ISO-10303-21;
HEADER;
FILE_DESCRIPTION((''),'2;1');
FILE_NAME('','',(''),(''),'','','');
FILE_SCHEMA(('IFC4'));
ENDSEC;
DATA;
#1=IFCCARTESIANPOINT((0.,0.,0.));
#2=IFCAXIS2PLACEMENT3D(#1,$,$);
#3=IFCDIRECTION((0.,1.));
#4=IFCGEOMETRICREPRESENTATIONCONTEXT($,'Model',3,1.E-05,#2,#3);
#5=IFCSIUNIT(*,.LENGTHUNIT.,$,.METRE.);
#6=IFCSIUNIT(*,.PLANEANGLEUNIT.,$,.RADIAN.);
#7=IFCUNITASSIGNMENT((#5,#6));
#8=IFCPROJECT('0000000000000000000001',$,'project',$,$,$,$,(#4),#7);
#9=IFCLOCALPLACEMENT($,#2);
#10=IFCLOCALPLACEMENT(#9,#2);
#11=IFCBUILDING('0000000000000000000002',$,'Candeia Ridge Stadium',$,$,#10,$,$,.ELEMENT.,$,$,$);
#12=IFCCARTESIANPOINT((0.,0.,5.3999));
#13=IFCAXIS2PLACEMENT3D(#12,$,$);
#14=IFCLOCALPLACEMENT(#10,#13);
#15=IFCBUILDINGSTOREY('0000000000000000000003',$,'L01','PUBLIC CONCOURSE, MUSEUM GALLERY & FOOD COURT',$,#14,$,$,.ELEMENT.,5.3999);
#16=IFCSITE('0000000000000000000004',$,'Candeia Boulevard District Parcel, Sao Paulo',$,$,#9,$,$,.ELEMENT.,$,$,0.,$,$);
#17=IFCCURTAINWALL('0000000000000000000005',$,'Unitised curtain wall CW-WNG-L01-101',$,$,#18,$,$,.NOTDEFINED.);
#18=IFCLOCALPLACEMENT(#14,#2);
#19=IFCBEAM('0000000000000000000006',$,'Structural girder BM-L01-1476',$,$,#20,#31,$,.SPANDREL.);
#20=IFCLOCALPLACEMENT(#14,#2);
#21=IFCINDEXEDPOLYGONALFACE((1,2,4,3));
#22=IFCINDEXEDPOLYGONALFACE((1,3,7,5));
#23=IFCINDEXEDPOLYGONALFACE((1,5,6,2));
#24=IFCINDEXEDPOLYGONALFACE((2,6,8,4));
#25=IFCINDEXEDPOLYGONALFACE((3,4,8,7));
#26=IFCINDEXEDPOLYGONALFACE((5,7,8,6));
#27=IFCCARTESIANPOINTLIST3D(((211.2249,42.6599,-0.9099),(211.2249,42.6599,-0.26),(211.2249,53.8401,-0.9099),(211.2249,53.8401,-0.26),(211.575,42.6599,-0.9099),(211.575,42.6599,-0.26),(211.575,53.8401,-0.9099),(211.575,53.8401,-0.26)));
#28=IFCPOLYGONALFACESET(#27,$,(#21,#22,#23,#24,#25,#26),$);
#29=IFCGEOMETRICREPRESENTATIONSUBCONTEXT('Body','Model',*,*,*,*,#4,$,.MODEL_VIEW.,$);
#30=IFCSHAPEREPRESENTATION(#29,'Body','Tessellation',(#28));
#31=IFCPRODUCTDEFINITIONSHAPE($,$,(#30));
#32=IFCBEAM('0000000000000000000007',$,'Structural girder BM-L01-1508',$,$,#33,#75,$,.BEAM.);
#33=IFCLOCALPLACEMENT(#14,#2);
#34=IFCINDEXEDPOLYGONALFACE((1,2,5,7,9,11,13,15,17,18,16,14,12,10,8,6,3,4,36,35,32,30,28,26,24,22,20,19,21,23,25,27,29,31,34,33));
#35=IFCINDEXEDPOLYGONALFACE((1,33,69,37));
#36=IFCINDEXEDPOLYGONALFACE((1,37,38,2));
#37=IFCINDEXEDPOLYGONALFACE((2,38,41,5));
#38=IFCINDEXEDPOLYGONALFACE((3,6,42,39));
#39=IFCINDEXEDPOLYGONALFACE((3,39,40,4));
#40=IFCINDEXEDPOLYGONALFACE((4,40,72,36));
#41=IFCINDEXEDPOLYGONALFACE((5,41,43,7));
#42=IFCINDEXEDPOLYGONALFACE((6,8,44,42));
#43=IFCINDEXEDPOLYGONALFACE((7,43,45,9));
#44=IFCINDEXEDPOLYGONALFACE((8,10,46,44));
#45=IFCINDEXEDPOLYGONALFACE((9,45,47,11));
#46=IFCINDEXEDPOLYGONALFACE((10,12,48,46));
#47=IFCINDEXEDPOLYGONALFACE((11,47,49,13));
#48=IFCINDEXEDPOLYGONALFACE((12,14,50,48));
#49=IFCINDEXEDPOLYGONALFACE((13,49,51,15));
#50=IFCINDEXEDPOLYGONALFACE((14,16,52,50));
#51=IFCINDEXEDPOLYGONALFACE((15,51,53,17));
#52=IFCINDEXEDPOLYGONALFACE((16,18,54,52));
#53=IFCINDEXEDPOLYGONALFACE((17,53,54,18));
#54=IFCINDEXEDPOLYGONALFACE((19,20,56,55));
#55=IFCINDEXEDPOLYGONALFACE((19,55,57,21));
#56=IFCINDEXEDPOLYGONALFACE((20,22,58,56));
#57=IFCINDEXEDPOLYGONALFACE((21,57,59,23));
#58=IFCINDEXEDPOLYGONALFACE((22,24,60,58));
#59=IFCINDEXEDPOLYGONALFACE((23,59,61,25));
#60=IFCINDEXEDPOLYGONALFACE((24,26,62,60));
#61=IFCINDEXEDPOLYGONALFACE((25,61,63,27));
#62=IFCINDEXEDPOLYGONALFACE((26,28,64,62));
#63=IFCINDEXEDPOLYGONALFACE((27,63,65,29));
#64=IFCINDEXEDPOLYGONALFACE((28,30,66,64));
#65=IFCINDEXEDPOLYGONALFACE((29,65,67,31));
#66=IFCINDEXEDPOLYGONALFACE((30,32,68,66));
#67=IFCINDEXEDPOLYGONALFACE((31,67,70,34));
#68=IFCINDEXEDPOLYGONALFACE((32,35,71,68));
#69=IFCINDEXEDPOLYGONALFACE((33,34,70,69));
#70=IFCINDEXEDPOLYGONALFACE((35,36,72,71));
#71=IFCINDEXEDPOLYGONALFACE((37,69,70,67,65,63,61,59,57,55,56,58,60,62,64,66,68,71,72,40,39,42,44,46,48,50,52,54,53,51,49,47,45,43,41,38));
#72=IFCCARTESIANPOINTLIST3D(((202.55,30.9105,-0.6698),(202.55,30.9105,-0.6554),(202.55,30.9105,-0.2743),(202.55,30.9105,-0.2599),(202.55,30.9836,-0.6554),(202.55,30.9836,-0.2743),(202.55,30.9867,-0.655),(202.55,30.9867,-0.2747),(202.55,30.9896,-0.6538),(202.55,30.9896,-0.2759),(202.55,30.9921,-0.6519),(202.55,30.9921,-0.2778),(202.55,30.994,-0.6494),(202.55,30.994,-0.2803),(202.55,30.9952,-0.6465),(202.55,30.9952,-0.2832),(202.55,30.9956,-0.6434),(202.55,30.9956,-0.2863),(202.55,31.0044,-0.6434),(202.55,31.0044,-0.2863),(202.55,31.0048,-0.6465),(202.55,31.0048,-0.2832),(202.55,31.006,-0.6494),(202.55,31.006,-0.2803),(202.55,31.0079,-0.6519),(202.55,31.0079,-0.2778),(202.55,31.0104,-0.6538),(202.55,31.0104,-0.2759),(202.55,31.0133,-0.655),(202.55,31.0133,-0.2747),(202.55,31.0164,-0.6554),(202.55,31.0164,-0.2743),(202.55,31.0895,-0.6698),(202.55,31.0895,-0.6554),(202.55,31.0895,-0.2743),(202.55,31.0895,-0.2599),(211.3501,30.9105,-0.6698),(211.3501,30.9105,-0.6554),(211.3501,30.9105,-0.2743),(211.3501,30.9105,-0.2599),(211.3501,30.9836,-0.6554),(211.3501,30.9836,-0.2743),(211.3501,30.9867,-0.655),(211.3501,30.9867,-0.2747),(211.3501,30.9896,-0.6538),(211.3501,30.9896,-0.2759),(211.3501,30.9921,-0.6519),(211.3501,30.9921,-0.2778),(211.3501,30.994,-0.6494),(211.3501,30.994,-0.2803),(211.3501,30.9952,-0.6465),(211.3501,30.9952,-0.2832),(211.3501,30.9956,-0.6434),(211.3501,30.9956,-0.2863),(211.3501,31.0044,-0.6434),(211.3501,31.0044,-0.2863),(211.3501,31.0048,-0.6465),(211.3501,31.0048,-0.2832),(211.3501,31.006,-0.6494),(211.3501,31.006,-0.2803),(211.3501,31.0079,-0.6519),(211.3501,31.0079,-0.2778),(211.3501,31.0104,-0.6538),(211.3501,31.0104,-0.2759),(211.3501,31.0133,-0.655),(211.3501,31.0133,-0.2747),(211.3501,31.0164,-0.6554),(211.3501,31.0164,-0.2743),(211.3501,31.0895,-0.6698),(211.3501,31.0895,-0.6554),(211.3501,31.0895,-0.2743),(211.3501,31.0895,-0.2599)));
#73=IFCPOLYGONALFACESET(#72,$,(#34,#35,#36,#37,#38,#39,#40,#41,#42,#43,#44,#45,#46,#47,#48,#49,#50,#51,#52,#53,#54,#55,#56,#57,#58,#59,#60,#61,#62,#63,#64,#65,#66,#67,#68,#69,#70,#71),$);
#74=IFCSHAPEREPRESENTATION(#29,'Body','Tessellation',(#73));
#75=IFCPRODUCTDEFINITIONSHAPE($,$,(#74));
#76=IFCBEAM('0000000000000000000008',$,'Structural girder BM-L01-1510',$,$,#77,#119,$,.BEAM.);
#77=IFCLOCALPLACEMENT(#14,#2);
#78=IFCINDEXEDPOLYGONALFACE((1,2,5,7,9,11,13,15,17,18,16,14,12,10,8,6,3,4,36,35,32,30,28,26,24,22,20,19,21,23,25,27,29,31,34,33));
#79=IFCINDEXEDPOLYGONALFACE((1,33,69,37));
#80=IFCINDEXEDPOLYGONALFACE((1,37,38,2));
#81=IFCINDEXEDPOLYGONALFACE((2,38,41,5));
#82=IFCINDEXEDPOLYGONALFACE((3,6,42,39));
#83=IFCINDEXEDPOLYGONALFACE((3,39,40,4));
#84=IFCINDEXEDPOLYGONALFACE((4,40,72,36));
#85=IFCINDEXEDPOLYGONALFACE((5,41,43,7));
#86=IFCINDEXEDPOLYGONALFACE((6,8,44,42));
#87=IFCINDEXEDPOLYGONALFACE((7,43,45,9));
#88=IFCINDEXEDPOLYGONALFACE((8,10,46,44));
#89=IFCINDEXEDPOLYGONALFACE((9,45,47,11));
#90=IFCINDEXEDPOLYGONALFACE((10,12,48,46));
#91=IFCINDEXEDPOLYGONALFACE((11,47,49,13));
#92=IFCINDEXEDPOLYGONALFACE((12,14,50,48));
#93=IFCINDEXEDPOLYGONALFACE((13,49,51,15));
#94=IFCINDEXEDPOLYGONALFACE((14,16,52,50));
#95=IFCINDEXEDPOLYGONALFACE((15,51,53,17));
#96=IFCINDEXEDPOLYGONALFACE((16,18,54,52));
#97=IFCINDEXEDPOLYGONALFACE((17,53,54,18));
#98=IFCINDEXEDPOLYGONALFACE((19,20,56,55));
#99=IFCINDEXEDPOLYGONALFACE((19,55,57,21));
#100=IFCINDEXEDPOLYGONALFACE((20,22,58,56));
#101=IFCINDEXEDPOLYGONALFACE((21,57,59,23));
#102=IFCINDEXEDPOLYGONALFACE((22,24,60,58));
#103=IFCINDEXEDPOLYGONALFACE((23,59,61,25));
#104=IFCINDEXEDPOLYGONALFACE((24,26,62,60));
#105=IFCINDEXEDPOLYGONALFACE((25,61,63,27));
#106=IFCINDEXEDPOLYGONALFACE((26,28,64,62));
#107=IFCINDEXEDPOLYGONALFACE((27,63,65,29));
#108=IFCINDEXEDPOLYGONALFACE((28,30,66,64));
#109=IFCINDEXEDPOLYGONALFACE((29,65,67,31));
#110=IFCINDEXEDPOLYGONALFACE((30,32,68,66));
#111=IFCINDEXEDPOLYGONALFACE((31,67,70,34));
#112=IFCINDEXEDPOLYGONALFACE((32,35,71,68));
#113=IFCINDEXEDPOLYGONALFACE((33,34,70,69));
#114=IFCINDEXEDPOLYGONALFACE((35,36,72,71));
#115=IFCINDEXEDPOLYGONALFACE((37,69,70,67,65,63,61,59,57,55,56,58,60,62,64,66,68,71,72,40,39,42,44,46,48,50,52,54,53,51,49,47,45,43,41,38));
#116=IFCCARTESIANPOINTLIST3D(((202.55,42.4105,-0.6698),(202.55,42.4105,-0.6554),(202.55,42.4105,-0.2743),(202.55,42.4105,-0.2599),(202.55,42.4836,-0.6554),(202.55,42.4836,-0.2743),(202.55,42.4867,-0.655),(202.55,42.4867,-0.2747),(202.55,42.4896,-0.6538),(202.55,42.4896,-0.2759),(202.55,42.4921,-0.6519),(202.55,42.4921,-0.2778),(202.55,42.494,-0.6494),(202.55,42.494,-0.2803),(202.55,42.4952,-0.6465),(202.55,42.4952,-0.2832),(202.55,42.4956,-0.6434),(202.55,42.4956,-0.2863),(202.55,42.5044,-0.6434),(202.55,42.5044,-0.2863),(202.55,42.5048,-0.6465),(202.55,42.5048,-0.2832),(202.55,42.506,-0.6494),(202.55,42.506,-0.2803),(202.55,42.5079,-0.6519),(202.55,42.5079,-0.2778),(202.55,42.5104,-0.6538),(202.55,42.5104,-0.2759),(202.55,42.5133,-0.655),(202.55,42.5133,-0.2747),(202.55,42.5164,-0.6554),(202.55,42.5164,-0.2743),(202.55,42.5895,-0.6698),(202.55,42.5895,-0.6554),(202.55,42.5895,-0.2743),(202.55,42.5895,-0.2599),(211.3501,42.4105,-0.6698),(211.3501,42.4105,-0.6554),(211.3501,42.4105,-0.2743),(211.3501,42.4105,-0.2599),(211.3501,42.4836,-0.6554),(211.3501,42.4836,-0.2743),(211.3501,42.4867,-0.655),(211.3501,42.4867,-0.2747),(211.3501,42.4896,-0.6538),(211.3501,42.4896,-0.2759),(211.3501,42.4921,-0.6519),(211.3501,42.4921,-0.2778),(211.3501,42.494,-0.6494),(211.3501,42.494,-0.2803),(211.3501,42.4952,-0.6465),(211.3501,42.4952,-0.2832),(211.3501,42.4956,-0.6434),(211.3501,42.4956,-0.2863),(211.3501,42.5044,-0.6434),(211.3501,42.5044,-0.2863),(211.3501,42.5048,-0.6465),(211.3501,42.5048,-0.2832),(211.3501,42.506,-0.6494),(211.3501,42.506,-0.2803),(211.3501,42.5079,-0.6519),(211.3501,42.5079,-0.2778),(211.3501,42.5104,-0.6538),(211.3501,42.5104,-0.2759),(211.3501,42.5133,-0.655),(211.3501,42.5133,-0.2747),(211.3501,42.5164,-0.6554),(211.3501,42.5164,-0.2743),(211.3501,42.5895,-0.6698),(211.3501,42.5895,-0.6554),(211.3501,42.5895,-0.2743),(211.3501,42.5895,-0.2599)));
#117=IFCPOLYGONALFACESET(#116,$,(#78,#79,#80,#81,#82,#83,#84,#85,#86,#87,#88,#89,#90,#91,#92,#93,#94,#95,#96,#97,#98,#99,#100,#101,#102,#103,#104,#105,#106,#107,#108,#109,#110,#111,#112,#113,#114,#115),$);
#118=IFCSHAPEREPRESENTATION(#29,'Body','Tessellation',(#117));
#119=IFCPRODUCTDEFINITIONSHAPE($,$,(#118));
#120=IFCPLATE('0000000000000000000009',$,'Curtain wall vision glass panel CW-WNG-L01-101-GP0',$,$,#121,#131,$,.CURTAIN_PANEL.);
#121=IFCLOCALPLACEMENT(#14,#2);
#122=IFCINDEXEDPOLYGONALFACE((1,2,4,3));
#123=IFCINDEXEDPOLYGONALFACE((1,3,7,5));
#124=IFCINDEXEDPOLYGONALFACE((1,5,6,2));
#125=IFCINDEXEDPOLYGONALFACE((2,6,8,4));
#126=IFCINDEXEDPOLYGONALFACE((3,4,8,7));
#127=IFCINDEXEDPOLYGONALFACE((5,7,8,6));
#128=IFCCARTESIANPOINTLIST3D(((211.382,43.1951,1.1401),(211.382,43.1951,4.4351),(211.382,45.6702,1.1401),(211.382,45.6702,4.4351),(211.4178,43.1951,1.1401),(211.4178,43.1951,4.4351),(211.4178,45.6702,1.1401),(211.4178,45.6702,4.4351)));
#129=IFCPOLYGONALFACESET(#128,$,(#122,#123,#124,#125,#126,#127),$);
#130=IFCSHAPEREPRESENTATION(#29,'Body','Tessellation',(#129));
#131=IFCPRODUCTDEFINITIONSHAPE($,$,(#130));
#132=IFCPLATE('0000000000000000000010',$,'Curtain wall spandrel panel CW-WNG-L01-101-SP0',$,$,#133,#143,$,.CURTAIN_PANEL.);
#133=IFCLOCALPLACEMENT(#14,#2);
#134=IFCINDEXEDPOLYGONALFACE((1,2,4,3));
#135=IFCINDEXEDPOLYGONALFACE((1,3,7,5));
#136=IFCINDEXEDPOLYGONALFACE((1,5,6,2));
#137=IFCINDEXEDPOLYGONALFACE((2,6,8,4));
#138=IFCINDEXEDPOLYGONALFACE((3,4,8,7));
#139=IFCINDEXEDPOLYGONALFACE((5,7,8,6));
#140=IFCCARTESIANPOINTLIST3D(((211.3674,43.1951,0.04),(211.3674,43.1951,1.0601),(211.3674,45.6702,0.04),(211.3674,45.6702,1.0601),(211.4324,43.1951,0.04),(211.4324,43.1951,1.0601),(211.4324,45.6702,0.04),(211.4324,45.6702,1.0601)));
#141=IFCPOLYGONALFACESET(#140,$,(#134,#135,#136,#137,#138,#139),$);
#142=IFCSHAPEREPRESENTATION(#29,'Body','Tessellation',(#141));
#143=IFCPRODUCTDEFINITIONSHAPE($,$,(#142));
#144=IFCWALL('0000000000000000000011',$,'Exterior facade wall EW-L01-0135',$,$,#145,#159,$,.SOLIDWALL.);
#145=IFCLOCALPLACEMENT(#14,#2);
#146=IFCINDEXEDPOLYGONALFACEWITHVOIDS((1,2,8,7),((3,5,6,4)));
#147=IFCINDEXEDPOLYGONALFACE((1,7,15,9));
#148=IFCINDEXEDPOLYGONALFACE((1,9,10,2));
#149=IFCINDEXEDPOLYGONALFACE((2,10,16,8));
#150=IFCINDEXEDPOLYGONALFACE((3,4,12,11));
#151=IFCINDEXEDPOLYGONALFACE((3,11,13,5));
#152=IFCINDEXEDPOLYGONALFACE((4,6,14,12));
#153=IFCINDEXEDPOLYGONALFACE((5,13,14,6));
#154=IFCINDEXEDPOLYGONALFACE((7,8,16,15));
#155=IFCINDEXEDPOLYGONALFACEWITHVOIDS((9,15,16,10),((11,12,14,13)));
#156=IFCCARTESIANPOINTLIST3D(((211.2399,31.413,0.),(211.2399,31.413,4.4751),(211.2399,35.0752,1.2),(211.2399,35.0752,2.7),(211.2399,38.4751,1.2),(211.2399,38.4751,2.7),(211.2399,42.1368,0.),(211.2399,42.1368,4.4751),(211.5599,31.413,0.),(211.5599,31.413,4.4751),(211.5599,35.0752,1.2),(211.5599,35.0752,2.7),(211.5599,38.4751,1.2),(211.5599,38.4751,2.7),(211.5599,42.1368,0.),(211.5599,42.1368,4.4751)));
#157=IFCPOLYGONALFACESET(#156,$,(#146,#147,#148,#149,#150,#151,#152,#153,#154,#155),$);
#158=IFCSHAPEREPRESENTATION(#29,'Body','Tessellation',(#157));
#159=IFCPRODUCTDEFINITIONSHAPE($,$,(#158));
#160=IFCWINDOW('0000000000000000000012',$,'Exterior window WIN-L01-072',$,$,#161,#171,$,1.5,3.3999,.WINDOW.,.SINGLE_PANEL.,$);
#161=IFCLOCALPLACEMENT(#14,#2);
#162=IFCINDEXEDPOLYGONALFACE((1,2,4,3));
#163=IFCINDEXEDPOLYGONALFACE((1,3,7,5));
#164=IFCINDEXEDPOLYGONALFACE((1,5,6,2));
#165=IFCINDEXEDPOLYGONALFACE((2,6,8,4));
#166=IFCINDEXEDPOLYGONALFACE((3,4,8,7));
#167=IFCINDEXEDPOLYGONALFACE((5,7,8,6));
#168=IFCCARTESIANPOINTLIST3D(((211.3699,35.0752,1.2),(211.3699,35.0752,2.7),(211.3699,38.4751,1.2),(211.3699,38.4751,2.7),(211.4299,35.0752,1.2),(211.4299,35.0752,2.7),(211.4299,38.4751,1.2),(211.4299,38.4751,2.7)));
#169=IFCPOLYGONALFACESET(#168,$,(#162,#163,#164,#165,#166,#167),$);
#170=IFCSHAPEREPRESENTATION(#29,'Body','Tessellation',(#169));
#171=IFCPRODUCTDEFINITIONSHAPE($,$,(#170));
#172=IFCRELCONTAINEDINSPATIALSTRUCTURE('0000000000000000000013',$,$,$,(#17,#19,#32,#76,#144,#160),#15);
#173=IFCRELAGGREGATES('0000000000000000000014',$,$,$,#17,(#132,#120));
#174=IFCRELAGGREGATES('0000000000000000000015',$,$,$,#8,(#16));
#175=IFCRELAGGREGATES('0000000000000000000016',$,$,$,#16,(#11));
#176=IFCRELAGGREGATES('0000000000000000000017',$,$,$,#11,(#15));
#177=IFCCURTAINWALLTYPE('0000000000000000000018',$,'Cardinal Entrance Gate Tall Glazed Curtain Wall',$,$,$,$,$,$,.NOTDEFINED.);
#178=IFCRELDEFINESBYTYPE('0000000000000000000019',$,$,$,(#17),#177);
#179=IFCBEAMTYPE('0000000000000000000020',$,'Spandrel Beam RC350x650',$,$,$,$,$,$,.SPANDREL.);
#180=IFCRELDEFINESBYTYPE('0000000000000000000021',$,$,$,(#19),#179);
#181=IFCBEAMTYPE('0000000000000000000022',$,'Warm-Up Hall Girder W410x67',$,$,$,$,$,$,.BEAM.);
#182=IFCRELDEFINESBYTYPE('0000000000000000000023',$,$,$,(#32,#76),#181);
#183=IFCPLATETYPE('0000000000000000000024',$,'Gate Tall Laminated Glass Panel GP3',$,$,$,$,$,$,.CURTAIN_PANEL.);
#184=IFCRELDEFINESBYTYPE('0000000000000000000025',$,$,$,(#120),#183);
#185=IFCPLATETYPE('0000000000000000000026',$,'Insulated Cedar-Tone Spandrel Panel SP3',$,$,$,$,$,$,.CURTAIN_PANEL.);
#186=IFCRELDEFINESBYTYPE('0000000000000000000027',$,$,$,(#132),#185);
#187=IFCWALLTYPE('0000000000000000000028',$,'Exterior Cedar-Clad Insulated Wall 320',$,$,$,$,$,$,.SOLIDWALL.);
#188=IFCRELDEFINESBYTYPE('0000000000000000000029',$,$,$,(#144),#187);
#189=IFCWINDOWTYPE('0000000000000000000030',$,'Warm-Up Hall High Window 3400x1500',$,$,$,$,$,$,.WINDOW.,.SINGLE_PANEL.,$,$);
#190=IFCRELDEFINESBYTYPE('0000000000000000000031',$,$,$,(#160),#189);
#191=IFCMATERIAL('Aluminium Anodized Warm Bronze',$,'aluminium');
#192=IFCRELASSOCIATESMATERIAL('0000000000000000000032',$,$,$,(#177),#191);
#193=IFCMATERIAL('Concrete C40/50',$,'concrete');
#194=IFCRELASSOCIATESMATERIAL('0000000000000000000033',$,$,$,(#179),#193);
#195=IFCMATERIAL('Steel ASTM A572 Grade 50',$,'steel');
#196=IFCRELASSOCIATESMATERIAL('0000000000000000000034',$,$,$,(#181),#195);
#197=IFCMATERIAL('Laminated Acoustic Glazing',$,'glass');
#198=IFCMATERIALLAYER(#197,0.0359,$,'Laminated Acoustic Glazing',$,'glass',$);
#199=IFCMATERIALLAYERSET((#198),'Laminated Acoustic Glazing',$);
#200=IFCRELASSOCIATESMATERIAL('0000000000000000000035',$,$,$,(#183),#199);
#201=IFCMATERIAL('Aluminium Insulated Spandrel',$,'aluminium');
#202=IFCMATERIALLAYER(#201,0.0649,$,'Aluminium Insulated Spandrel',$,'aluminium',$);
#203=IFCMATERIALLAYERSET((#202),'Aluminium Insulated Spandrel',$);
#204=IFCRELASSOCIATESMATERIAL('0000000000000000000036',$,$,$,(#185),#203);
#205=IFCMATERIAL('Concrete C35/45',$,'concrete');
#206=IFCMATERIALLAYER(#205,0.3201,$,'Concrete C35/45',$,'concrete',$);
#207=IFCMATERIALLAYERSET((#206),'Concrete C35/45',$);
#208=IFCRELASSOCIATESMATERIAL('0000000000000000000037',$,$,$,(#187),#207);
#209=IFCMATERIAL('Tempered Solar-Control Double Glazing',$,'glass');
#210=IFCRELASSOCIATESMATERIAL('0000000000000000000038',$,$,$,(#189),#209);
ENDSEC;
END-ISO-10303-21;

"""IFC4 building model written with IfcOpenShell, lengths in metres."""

from ifc_helpers import new_model, si_unit, direction, frame, frame_2d, origin, origin_2d, place, context, subcontext, project, spatial, rectangle, i_section, extrude, material, layer, layer_set, material_profile, profile_set, type_object, element, fill, aggregate, save


model = new_model("IFC4")

# Units and contexts
model_context = context("Model", 3, precision=1e-05, world=origin(), true_north=direction((0.0, 1.0)))
body_context = subcontext(model_context, "Body", "Model", "MODEL_VIEW")
ifc_project = project(units=[si_unit("LENGTHUNIT", "METRE"), si_unit("PLANEANGLEUNIT", "RADIAN")], contexts=[model_context])

# Site, building, storey
site_placement = place(None, origin())
site = spatial("IfcSite", under=ifc_project, at=site_placement, Name="Candeia Boulevard District Parcel, Sao Paulo", CompositionType="ELEMENT", RefElevation=0.0)
building_placement = place(site_placement, origin())
building = spatial("IfcBuilding", under=site, at=building_placement, Name="Candeia Ridge Stadium", CompositionType="ELEMENT")
storey_placement = place(building_placement, frame((0.0, 0.0, 5.3999)))
storey = spatial("IfcBuildingStorey", under=building, at=storey_placement, Name="L01", Description="PUBLIC CONCOURSE, MUSEUM GALLERY & FOOD COURT", CompositionType="ELEMENT", Elevation=5.3999)

# Shared definitions
ifc_material_1 = material(Name="Concrete C40/50", Category="concrete")

# Curtain wall
ifc_material_2 = material(Name="Aluminium Anodized Warm Bronze", Category="aluminium")
curtain_wall_type = type_object("IfcCurtainWallType", Name="Cardinal Entrance Gate Tall Glazed Curtain Wall", PredefinedType="NOTDEFINED", material=ifc_material_2)
curtain_wall_placement = place(storey_placement, origin())
curtain_wall = element("IfcCurtainWall", 1, at=curtain_wall_placement, inside=storey, type_object=curtain_wall_type, Name="Unitised curtain wall CW-WNG-L01-101", PredefinedType="NOTDEFINED")

# Beams
ifc_material_profile_1 = material_profile(ifc_material_1, rectangle(XDim=0.3501, YDim=0.6499, at=origin_2d()), Name="RC350x650", Category="concrete")
ifc_profile_set_1 = profile_set([ifc_material_profile_1], Name="Concrete C40/50")
beam_type_1 = type_object("IfcBeamType", Name="Spandrel Beam RC350x650", PredefinedType="SPANDREL", material=ifc_profile_set_1)
for number, where, z_axis, x_axis, name in (
    (2, (211.3999, 42.6599, -0.585), (0.0, 1.0, 0.0), (-1.0, 0.0, 0.0), "Structural girder BM-L01-1476"),
):
    element("IfcBeam", number, at=place(storey_placement, frame(where, z_axis=z_axis, x_axis=x_axis)), inside=storey, type_object=beam_type_1, Name=name, PredefinedType="SPANDREL", context=body_context, shape_type="SweptSolid", body=[
        extrude(rectangle(XDim=0.3501, YDim=0.6499, at=origin_2d()), origin(), (0.0, 0.0, 1.0), 11.1802),
    ])
ifc_material_3 = material(Name="Steel ASTM A572 Grade 50", Category="steel")
ifc_material_profile_2 = material_profile(ifc_material_3, i_section(OverallWidth=0.179, OverallDepth=0.4099, WebThickness=0.0088, FlangeThickness=0.0144, FilletRadius=0.012, at=origin_2d()), Name="W410x67", Category="steel")
ifc_profile_set_2 = profile_set([ifc_material_profile_2], Name="Steel ASTM A572 Grade 50")
beam_type_2 = type_object("IfcBeamType", Name="Warm-Up Hall Girder W410x67", PredefinedType="BEAM", material=ifc_profile_set_2)
for number, where, z_axis, x_axis, name in (
    (3, (202.55, 31.0, -0.4648), (1.0, 0.0, 0.0), (0.0, 1.0, 0.0), "Structural girder BM-L01-1508"),
    (4, (202.55, 42.5, -0.4648), (1.0, 0.0, 0.0), (0.0, 1.0, 0.0), "Structural girder BM-L01-1510"),
):
    element("IfcBeam", number, at=place(storey_placement, frame(where, z_axis=z_axis, x_axis=x_axis)), inside=storey, type_object=beam_type_2, Name=name, PredefinedType="BEAM", context=body_context, shape_type="SweptSolid", body=[
        extrude(i_section(OverallWidth=0.179, OverallDepth=0.4099, WebThickness=0.0088, FlangeThickness=0.0144, FilletRadius=0.012, at=origin_2d()), origin(), (0.0, 0.0, 1.0), 8.8),
    ])

# Plates
ifc_material_4 = material(Name="Laminated Acoustic Glazing", Category="glass")
ifc_layer_1 = layer(ifc_material_4, 0.0359, Name="Laminated Acoustic Glazing", Category="glass")
ifc_layer_set_1 = layer_set([ifc_layer_1], Name="Laminated Acoustic Glazing")
plate_type_1 = type_object("IfcPlateType", Name="Gate Tall Laminated Glass Panel GP3", PredefinedType="CURTAIN_PANEL", material=ifc_layer_set_1)
plate_1_placement = place(storey_placement, frame((211.3999, 44.4326, 1.1401), z_axis=(0.0, 0.0, 1.0), x_axis=(0.0, 1.0, 0.0)))
plate_1 = element("IfcPlate", 5, at=plate_1_placement, type_object=plate_type_1, Name="Curtain wall vision glass panel CW-WNG-L01-101-GP0", PredefinedType="CURTAIN_PANEL", context=body_context, shape_type="SweptSolid", body=[
    extrude(rectangle(XDim=2.4751, YDim=0.0359, at=origin_2d()), origin(), (0.0, 0.0, 1.0), 3.2949),
])
ifc_material_5 = material(Name="Aluminium Insulated Spandrel", Category="aluminium")
ifc_layer_2 = layer(ifc_material_5, 0.0649, Name="Aluminium Insulated Spandrel", Category="aluminium")
ifc_layer_set_2 = layer_set([ifc_layer_2], Name="Aluminium Insulated Spandrel")
plate_type_2 = type_object("IfcPlateType", Name="Insulated Cedar-Tone Spandrel Panel SP3", PredefinedType="CURTAIN_PANEL", material=ifc_layer_set_2)
plate_2_placement = place(storey_placement, frame((211.3999, 44.4326, 0.04), z_axis=(0.0, 0.0, 1.0), x_axis=(0.0, 1.0, 0.0)))
plate_2 = element("IfcPlate", 6, at=plate_2_placement, type_object=plate_type_2, Name="Curtain wall spandrel panel CW-WNG-L01-101-SP0", PredefinedType="CURTAIN_PANEL", context=body_context, shape_type="SweptSolid", body=[
    extrude(rectangle(XDim=2.4751, YDim=0.0649, at=origin_2d()), origin(), (0.0, 0.0, 1.0), 1.02),
])
aggregate(curtain_wall, [plate_2, plate_1])

# Wall, opening, window
ifc_material_6 = material(Name="Concrete C35/45", Category="concrete")
ifc_layer_3 = layer(ifc_material_6, 0.3201, Name="Concrete C35/45", Category="concrete")
ifc_layer_set_3 = layer_set([ifc_layer_3], Name="Concrete C35/45")
wall_type = type_object("IfcWallType", Name="Exterior Cedar-Clad Insulated Wall 320", PredefinedType="SOLIDWALL", material=ifc_layer_set_3)
wall_placement = place(storey_placement, frame((211.3999, 31.4131, 0.0), z_axis=(0.0, 0.0, 1.0), x_axis=(0.0, 1.0, 0.0)))
wall = element("IfcWall", 7, at=wall_placement, inside=storey, type_object=wall_type, Name="Exterior facade wall EW-L01-0135", PredefinedType="SOLIDWALL", context=body_context, shape_type="SweptSolid", body=[
    extrude(rectangle(XDim=10.7239, YDim=0.3201, at=frame_2d((5.3618, 0.0))), origin(), (0.0, 0.0, 1.0), 4.4751),
])
opening_placement = place(wall_placement, frame((3.6621, 0.0, 1.2)))
opening = element("IfcOpeningElement", 8, at=opening_placement, cuts=wall, PredefinedType="OPENING", context=body_context, shape_type="SweptSolid", body=[
    extrude(rectangle(XDim=3.3999, YDim=1.5, at=frame_2d((1.7, 0.75))), frame((0.0, 0.1699, 0.0), z_axis=(0.0, -1.0, 0.0), x_axis=(1.0, 0.0, 0.0)), (0.0, 0.0, 1.0), 0.3401),
])
ifc_material_7 = material(Name="Tempered Solar-Control Double Glazing", Category="glass")
window_type = type_object("IfcWindowType", Name="Warm-Up Hall High Window 3400x1500", PartitioningType="SINGLE_PANEL", PredefinedType="WINDOW", material=ifc_material_7)
window_placement = place(opening_placement, origin())
window = element("IfcWindow", 9, at=window_placement, inside=storey, type_object=window_type, Name="Exterior window WIN-L01-072", OverallHeight=1.5, OverallWidth=3.3999, PartitioningType="SINGLE_PANEL", PredefinedType="WINDOW", context=body_context, shape_type="SweptSolid", body=[
    extrude(rectangle(XDim=3.3999, YDim=1.5, at=frame_2d((1.7, 0.75))), frame((0.0, 0.03, 0.0), z_axis=(0.0, -1.0, 0.0), x_axis=(1.0, 0.0, 0.0)), (0.0, 0.0, 1.0), 0.0601),
])
fill(opening, window)

save(model, "model.ifc")
